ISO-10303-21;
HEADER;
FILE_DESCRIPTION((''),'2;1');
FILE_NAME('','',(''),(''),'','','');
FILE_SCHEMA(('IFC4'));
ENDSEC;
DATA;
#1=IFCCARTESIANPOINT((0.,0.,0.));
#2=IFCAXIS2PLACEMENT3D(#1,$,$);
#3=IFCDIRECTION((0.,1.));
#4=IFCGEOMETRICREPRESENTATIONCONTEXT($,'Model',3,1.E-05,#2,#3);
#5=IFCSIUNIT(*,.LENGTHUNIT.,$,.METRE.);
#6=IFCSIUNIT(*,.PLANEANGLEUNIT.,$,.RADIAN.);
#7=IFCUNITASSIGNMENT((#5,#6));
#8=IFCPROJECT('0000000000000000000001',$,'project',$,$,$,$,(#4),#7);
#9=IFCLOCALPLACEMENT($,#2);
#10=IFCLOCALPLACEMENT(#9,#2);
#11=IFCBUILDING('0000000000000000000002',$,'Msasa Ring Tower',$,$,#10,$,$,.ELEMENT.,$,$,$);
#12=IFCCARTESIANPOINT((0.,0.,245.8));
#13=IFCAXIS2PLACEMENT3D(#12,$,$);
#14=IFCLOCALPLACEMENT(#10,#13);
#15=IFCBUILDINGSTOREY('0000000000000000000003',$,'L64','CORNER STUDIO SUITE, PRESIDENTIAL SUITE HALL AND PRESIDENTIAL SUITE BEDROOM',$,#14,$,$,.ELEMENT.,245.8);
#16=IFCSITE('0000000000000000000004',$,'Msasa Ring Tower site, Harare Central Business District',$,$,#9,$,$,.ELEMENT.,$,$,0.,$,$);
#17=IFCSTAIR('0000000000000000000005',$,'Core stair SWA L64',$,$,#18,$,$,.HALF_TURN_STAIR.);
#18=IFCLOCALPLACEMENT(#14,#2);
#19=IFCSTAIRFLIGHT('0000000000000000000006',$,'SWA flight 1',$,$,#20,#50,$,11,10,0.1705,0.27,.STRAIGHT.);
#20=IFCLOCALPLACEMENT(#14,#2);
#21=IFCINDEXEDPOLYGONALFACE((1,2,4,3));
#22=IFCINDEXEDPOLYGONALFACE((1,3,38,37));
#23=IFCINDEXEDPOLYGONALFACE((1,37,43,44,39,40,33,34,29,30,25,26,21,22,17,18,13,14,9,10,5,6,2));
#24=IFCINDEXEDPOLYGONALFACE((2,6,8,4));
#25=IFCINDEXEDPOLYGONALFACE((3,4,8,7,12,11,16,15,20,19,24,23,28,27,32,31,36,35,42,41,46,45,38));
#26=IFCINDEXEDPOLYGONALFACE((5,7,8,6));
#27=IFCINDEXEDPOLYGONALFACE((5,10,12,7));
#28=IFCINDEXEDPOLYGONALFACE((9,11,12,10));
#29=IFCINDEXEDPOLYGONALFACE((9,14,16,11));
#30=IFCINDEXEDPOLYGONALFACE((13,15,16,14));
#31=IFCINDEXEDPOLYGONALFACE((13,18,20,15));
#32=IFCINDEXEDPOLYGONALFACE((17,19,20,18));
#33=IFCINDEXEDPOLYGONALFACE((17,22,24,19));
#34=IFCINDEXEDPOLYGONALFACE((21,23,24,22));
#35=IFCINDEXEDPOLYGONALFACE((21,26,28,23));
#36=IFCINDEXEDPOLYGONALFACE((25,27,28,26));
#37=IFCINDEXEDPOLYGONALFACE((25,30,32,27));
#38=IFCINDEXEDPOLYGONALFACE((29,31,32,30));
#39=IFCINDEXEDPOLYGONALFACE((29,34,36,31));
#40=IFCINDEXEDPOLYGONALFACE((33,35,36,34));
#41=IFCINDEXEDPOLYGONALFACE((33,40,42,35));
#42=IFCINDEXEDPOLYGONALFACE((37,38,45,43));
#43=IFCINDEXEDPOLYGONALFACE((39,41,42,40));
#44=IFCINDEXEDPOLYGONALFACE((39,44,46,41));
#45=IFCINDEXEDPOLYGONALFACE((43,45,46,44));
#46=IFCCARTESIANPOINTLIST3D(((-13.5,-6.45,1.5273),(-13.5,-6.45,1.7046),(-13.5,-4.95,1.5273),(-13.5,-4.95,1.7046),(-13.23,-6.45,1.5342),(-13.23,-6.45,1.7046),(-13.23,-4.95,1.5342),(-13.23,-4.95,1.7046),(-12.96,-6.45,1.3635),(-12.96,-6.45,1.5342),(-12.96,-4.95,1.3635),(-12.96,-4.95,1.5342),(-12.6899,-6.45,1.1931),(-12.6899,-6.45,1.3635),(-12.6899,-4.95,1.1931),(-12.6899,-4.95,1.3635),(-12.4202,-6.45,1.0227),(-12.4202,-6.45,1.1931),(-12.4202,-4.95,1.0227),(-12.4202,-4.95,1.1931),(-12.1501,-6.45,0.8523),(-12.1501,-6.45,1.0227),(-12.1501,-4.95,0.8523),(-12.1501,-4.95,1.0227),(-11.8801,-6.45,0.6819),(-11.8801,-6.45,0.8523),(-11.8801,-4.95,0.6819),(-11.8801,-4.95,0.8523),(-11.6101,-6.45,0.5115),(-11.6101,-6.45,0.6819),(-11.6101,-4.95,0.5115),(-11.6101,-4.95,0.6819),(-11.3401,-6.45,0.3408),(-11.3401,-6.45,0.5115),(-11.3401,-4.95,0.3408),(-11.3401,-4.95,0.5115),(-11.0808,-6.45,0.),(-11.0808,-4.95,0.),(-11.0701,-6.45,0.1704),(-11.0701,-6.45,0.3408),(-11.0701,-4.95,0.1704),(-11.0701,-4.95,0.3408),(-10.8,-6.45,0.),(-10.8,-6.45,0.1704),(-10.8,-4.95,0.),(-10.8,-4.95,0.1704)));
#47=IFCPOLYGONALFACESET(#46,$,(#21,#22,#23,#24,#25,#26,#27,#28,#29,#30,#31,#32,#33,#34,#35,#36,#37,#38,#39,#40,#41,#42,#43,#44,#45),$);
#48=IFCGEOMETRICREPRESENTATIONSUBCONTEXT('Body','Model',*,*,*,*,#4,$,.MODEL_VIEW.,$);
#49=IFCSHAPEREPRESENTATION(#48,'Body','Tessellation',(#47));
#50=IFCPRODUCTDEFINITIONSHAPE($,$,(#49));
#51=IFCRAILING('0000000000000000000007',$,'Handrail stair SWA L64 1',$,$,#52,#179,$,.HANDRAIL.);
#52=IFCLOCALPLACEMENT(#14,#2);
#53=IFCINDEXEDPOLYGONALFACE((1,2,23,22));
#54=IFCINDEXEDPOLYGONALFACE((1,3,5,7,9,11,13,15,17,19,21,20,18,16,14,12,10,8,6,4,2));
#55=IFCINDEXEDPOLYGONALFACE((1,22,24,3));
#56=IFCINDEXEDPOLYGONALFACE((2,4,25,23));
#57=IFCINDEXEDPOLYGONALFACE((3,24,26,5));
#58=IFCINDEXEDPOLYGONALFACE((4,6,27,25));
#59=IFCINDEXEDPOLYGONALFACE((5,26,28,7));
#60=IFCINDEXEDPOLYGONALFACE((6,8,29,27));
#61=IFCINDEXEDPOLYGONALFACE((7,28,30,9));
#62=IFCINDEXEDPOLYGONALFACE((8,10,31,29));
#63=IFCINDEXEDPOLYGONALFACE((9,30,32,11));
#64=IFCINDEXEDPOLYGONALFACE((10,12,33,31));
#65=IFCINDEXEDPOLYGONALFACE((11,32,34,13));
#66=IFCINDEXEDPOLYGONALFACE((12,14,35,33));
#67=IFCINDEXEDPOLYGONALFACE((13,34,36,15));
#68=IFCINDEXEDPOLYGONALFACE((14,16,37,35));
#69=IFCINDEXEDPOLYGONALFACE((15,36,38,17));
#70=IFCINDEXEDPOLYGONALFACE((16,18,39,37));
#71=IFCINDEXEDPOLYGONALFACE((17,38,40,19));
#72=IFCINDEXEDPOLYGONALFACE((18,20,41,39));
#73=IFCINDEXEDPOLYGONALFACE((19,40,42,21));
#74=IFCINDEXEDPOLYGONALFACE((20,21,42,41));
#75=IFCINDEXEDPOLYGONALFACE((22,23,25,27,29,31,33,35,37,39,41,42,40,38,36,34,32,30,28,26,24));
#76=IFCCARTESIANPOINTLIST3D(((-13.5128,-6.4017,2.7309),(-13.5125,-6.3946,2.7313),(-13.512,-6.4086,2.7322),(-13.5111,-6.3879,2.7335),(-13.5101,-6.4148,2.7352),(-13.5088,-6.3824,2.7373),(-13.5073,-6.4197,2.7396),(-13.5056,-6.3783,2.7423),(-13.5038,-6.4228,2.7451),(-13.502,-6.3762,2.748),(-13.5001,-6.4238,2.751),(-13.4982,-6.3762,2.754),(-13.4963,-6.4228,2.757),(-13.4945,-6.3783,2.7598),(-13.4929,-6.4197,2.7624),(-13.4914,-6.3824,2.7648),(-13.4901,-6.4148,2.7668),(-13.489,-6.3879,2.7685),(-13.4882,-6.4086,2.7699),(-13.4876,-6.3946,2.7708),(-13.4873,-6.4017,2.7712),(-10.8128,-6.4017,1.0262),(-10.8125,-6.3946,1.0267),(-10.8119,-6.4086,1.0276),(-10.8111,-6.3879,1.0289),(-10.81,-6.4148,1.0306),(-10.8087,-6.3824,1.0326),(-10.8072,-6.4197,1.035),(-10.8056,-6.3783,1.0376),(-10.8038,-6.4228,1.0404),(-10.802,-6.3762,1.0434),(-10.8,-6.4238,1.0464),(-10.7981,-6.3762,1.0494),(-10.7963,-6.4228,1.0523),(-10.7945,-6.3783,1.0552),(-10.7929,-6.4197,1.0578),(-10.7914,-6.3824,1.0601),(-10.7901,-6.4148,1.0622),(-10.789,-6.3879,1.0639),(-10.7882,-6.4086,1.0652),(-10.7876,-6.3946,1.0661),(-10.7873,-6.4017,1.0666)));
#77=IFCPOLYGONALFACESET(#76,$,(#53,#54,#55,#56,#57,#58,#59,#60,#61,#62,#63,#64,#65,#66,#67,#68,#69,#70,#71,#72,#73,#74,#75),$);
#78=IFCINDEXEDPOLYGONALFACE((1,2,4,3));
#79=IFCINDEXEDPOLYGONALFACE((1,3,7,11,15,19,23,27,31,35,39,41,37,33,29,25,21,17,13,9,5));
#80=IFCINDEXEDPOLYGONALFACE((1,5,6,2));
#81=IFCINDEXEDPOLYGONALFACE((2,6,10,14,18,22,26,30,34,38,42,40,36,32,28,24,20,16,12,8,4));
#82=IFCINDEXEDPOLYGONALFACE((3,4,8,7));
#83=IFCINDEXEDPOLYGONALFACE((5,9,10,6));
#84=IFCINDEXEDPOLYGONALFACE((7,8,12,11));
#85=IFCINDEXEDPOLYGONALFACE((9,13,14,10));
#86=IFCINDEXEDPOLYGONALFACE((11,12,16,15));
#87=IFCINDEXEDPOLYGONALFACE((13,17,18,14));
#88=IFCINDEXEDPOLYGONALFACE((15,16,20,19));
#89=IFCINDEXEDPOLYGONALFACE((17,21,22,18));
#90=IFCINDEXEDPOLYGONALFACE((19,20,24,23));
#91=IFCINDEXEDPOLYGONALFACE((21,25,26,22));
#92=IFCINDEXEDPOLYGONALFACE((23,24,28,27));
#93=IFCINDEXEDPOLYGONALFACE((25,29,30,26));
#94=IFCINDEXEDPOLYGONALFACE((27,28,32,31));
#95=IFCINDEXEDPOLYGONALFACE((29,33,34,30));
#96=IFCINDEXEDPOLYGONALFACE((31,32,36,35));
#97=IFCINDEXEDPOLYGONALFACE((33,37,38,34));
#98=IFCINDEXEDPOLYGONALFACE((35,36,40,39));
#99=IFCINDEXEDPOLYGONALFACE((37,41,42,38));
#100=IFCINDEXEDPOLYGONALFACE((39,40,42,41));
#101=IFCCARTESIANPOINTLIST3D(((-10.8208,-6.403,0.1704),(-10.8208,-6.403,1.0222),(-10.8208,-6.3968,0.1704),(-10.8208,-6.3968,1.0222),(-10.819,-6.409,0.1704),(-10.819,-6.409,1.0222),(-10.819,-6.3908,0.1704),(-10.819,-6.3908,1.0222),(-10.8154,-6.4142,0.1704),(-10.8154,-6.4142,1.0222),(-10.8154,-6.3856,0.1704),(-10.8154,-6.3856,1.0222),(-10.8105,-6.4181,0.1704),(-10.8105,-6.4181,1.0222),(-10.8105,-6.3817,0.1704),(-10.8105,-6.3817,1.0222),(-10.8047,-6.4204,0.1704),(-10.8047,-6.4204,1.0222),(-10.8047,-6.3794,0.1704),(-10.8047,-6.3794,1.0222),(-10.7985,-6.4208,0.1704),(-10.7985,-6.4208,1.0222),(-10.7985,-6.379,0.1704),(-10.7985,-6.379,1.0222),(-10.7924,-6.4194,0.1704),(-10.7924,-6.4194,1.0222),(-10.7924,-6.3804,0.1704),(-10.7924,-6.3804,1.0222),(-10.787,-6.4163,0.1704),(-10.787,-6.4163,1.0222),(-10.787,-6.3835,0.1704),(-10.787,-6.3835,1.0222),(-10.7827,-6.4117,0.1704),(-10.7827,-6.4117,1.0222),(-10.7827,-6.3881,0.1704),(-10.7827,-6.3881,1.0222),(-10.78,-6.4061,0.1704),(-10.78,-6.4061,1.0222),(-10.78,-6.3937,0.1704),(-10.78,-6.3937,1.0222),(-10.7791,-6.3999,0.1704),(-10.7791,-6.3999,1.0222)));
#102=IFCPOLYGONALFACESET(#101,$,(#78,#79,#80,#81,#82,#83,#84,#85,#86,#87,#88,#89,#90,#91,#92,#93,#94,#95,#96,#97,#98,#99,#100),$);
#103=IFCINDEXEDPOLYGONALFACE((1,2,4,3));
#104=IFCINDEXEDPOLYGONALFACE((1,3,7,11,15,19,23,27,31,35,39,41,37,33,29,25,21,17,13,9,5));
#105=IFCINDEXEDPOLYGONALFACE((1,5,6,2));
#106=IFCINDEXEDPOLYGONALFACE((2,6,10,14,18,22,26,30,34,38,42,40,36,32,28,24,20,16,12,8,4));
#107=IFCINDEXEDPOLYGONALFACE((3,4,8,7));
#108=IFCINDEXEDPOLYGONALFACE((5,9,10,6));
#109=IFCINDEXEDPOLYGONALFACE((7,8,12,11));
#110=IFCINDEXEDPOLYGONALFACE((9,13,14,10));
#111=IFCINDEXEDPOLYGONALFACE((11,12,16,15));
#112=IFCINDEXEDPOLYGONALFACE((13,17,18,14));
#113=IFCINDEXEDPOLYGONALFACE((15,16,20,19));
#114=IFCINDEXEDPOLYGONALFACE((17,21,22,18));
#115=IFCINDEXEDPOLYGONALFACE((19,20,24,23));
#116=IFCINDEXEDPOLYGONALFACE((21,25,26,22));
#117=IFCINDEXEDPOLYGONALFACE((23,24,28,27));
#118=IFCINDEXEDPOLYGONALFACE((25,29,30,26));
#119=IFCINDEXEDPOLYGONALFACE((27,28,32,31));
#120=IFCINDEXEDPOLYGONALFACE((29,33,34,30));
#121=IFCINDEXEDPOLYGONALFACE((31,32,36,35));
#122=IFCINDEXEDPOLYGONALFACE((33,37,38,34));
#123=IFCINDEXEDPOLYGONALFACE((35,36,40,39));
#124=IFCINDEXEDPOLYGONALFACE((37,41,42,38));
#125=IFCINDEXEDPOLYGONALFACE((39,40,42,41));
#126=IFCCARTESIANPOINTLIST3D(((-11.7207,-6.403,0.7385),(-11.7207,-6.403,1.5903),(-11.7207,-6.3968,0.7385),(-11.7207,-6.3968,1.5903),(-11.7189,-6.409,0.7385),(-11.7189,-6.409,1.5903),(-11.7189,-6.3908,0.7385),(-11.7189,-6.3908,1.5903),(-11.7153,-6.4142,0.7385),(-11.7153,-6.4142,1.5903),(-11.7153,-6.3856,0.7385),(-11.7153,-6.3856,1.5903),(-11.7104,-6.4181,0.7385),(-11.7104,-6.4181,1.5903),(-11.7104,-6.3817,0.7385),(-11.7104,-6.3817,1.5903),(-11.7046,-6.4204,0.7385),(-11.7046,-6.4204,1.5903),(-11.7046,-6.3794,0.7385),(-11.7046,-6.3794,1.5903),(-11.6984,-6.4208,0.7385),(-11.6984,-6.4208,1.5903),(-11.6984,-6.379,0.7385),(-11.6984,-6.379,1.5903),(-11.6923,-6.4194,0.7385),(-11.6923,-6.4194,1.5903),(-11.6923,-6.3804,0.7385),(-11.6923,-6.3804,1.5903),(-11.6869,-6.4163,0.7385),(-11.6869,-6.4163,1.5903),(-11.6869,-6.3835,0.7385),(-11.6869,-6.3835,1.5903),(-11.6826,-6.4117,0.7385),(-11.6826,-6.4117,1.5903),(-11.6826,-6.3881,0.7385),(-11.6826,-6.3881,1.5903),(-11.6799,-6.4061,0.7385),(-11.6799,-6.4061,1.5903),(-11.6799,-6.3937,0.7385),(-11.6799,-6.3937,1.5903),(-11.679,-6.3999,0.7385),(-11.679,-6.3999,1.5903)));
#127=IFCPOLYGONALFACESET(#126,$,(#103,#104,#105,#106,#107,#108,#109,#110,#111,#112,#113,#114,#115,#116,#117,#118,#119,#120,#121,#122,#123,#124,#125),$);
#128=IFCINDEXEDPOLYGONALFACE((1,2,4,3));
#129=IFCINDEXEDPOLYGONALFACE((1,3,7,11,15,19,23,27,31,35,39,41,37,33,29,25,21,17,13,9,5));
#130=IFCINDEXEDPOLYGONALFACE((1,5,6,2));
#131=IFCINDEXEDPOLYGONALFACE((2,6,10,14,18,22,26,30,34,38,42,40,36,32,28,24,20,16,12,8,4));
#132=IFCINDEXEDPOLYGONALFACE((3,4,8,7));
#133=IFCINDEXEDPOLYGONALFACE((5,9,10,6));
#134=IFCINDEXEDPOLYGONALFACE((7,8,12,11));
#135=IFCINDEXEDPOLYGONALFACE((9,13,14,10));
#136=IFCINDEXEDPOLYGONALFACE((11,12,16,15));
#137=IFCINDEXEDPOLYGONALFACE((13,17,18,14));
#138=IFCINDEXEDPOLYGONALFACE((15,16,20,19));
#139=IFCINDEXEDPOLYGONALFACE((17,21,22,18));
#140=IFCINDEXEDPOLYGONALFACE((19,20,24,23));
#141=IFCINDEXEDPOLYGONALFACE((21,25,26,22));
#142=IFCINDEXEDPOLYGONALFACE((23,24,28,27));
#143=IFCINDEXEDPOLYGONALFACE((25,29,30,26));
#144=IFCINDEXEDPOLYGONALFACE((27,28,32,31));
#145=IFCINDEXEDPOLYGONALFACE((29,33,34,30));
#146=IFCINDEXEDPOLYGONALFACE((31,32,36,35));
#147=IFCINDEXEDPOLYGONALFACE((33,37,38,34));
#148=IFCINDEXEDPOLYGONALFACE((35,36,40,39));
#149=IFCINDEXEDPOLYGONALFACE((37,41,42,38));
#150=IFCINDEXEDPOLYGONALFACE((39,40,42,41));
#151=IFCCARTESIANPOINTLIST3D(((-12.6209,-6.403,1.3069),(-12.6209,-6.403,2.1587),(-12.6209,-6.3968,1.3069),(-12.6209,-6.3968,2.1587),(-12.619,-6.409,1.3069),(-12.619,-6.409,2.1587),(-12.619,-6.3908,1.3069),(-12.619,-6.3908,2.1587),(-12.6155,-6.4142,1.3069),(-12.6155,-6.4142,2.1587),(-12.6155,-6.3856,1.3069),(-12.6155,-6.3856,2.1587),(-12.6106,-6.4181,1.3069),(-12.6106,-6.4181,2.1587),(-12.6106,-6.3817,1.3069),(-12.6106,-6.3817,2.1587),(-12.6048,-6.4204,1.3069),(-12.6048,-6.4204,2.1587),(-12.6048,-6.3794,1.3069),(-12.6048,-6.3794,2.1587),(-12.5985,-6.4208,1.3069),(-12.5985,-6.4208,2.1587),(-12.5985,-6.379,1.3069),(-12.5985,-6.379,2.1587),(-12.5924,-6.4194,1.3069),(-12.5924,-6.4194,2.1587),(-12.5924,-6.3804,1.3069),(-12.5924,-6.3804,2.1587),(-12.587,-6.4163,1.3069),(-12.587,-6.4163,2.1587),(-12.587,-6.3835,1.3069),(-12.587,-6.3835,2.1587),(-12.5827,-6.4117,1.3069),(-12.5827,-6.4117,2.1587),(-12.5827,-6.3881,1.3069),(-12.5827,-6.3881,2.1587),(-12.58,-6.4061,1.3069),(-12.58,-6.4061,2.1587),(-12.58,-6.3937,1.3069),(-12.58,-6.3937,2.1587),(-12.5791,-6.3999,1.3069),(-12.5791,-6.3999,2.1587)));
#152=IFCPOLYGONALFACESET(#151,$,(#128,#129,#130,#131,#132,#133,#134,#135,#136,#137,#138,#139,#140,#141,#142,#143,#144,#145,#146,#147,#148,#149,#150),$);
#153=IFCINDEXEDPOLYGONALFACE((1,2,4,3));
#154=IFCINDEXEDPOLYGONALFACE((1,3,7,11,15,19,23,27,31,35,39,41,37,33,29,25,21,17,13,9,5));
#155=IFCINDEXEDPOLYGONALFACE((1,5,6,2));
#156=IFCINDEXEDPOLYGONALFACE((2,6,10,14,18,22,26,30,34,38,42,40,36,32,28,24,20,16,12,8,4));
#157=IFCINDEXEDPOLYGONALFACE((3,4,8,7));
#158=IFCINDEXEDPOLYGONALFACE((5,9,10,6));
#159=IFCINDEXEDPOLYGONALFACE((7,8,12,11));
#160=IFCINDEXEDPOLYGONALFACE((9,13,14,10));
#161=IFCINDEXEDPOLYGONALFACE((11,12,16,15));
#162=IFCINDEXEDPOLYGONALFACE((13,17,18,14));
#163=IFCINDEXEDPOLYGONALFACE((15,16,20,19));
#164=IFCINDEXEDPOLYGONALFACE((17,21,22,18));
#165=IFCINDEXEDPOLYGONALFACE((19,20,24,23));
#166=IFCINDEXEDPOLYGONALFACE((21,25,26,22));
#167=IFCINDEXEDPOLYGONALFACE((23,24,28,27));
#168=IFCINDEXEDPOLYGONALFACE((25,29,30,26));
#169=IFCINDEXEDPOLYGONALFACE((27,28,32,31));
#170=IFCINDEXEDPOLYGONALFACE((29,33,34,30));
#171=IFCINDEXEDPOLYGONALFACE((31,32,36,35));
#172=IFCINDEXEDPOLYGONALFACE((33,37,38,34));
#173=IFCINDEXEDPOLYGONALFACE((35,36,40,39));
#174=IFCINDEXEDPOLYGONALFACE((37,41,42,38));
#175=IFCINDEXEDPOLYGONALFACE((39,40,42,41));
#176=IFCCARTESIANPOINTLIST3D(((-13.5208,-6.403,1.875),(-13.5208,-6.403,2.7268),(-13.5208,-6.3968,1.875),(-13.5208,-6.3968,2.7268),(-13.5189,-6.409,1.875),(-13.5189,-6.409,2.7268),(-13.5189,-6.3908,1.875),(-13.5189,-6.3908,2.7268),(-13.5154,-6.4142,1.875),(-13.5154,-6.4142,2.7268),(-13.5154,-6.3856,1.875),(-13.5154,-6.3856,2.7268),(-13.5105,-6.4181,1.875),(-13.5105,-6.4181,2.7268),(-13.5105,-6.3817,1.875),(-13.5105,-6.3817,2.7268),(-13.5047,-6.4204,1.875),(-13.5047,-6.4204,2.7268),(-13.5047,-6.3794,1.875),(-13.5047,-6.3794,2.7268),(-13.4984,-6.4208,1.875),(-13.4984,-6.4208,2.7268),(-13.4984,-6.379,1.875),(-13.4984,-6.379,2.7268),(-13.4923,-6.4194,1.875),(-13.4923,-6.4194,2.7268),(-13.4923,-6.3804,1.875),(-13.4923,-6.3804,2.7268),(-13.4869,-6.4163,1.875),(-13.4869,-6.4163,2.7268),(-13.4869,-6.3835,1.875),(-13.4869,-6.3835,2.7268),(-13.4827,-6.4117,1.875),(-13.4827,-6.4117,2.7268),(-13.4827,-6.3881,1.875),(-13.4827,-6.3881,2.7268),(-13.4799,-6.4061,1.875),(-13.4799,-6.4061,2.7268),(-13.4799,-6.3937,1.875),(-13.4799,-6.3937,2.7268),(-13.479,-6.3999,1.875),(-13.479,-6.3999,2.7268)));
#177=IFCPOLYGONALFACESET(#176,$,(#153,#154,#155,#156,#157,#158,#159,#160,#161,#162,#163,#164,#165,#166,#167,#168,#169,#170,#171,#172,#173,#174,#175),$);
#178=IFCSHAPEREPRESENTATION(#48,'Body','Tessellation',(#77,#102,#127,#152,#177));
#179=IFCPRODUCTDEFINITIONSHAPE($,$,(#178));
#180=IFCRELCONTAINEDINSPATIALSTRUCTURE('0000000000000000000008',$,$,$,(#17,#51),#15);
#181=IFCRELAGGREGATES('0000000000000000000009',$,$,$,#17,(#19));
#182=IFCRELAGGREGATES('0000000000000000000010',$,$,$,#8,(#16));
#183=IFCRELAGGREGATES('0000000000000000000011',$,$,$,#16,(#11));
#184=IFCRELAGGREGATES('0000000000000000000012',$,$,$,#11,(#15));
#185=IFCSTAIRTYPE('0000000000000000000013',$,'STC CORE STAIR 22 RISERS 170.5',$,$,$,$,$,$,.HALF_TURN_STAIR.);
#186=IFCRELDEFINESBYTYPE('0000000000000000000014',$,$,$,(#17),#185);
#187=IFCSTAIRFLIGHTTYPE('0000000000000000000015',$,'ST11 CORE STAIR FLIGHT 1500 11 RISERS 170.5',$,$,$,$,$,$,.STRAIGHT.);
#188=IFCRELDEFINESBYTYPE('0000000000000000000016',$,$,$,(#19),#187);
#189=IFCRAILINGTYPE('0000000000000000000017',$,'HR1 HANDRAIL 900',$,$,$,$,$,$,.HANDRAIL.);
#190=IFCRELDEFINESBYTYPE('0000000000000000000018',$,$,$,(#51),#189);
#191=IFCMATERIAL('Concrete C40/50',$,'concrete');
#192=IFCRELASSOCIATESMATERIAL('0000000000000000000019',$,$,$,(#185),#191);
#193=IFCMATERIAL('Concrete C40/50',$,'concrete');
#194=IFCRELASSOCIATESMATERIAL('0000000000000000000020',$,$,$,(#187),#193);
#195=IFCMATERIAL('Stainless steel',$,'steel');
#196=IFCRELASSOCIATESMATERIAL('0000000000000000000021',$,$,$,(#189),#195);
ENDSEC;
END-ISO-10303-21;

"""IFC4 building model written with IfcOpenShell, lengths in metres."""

from ifc_helpers import new_model, si_unit, direction, frame, origin, origin_2d, place, context, subcontext, project, spatial, polyline, circle, outline, extrude, material, type_object, element, aggregate, save


model = new_model("IFC4")

# Units and contexts
model_context = context("Model", 3, precision=1e-05, world=origin(), true_north=direction((0.0, 1.0)))
body_context = subcontext(model_context, "Body", "Model", "MODEL_VIEW")
ifc_project = project(units=[si_unit("LENGTHUNIT", "METRE"), si_unit("PLANEANGLEUNIT", "RADIAN")], contexts=[model_context])

# Site, building, storey
site_placement = place(None, origin())
site = spatial("IfcSite", under=ifc_project, at=site_placement, Name="Msasa Ring Tower site, Harare Central Business District", CompositionType="ELEMENT", RefElevation=0.0)
building_placement = place(site_placement, origin())
building = spatial("IfcBuilding", under=site, at=building_placement, Name="Msasa Ring Tower", CompositionType="ELEMENT")
storey_placement = place(building_placement, frame((0.0, 0.0, 245.8)))
storey = spatial("IfcBuildingStorey", under=building, at=storey_placement, Name="L64", Description="CORNER STUDIO SUITE, PRESIDENTIAL SUITE HALL AND PRESIDENTIAL SUITE BEDROOM", CompositionType="ELEMENT", Elevation=245.8)

# Stair, stair flight
ifc_material_1 = material(Name="Concrete C40/50", Category="concrete")
stair_type = type_object("IfcStairType", Name="STC CORE STAIR 22 RISERS 170.5", PredefinedType="HALF_TURN_STAIR", material=ifc_material_1)
stair_placement = place(storey_placement, origin())
stair = element("IfcStair", 1, at=stair_placement, inside=storey, type_object=stair_type, Name="Core stair SWA L64", PredefinedType="HALF_TURN_STAIR")
ifc_material_2 = material(Name="Concrete C40/50", Category="concrete")
stair_flight_type = type_object("IfcStairFlightType", Name="ST11 CORE STAIR FLIGHT 1500 11 RISERS 170.5", PredefinedType="STRAIGHT", material=ifc_material_2)
stair_flight_placement = place(storey_placement, frame((-10.8, -5.7, 0.0), z_axis=(0.0, 0.0, 1.0), x_axis=(-1.0, 0.0, 0.0)))
stair_flight = element("IfcStairFlight", 2, at=stair_flight_placement, type_object=stair_flight_type, Name="SWA flight 1", NumberOfRisers=11, NumberOfTreads=10, PredefinedType="STRAIGHT", RiserHeight=0.1705, TreadLength=0.27, context=body_context, shape_type="SweptSolid", body=[
    extrude(outline(polyline([(0.0, 0.0), (0.0, 0.1704), (0.27, 0.1704), (0.27, 0.3408), (0.54, 0.3408), (0.54, 0.5115), (0.8101, 0.5115), (0.8101, 0.6819), (1.0801, 0.6819), (1.0801, 0.8523), (1.3501, 0.8523), (1.3501, 1.0227), (1.6201, 1.0227), (1.6201, 1.1931), (1.8899, 1.1931), (1.8899, 1.3635), (2.1599, 1.3635), (2.1599, 1.5342), (2.4299, 1.5342), (2.4299, 1.7046), (2.7, 1.7046), (2.7, 1.875), (2.7, 1.5273), (0.2808, 0.0), (0.0, 0.0)])), frame((0.0, 0.75, 0.0), z_axis=(0.0, -1.0, 0.0), x_axis=(1.0, 0.0, 0.0)), (0.0, 0.0, 1.0), 1.5),
])
aggregate(stair, [stair_flight])

# Railing
ifc_material_3 = material(Name="Stainless steel", Category="steel")
railing_type = type_object("IfcRailingType", Name="HR1 HANDRAIL 900", PredefinedType="HANDRAIL", material=ifc_material_3)
for number, where, name in (
    (3, (-10.8, -6.3999, 0.1704), "Handrail stair SWA L64 1"),
):
    element("IfcRailing", number, at=place(storey_placement, frame(where)), inside=storey, type_object=railing_type, Name=name, PredefinedType="HANDRAIL", context=body_context, shape_type="SweptSolid", body=[
        extrude(circle(Radius=0.0239, at=origin_2d()), frame((0.0, 0.0, 0.876), z_axis=(-0.84558, 0.0, 0.533849), x_axis=(0.0, -1.0, 0.0)), (0.0, 0.0, 1.0), 3.1931),
        extrude(circle(Radius=0.021, at=origin_2d()), origin(), (0.0, 0.0, 1.0), 0.8518),
        extrude(circle(Radius=0.021, at=origin_2d()), frame((-0.8999, 0.0, 0.5681)), (0.0, 0.0, 1.0), 0.8518),
        extrude(circle(Radius=0.021, at=origin_2d()), frame((-1.8, 0.0, 1.1365)), (0.0, 0.0, 1.0), 0.8518),
        extrude(circle(Radius=0.021, at=origin_2d()), frame((-2.7, 0.0, 1.7046)), (0.0, 0.0, 1.0), 0.8518),
    ])

save(model, "model.ifc")
